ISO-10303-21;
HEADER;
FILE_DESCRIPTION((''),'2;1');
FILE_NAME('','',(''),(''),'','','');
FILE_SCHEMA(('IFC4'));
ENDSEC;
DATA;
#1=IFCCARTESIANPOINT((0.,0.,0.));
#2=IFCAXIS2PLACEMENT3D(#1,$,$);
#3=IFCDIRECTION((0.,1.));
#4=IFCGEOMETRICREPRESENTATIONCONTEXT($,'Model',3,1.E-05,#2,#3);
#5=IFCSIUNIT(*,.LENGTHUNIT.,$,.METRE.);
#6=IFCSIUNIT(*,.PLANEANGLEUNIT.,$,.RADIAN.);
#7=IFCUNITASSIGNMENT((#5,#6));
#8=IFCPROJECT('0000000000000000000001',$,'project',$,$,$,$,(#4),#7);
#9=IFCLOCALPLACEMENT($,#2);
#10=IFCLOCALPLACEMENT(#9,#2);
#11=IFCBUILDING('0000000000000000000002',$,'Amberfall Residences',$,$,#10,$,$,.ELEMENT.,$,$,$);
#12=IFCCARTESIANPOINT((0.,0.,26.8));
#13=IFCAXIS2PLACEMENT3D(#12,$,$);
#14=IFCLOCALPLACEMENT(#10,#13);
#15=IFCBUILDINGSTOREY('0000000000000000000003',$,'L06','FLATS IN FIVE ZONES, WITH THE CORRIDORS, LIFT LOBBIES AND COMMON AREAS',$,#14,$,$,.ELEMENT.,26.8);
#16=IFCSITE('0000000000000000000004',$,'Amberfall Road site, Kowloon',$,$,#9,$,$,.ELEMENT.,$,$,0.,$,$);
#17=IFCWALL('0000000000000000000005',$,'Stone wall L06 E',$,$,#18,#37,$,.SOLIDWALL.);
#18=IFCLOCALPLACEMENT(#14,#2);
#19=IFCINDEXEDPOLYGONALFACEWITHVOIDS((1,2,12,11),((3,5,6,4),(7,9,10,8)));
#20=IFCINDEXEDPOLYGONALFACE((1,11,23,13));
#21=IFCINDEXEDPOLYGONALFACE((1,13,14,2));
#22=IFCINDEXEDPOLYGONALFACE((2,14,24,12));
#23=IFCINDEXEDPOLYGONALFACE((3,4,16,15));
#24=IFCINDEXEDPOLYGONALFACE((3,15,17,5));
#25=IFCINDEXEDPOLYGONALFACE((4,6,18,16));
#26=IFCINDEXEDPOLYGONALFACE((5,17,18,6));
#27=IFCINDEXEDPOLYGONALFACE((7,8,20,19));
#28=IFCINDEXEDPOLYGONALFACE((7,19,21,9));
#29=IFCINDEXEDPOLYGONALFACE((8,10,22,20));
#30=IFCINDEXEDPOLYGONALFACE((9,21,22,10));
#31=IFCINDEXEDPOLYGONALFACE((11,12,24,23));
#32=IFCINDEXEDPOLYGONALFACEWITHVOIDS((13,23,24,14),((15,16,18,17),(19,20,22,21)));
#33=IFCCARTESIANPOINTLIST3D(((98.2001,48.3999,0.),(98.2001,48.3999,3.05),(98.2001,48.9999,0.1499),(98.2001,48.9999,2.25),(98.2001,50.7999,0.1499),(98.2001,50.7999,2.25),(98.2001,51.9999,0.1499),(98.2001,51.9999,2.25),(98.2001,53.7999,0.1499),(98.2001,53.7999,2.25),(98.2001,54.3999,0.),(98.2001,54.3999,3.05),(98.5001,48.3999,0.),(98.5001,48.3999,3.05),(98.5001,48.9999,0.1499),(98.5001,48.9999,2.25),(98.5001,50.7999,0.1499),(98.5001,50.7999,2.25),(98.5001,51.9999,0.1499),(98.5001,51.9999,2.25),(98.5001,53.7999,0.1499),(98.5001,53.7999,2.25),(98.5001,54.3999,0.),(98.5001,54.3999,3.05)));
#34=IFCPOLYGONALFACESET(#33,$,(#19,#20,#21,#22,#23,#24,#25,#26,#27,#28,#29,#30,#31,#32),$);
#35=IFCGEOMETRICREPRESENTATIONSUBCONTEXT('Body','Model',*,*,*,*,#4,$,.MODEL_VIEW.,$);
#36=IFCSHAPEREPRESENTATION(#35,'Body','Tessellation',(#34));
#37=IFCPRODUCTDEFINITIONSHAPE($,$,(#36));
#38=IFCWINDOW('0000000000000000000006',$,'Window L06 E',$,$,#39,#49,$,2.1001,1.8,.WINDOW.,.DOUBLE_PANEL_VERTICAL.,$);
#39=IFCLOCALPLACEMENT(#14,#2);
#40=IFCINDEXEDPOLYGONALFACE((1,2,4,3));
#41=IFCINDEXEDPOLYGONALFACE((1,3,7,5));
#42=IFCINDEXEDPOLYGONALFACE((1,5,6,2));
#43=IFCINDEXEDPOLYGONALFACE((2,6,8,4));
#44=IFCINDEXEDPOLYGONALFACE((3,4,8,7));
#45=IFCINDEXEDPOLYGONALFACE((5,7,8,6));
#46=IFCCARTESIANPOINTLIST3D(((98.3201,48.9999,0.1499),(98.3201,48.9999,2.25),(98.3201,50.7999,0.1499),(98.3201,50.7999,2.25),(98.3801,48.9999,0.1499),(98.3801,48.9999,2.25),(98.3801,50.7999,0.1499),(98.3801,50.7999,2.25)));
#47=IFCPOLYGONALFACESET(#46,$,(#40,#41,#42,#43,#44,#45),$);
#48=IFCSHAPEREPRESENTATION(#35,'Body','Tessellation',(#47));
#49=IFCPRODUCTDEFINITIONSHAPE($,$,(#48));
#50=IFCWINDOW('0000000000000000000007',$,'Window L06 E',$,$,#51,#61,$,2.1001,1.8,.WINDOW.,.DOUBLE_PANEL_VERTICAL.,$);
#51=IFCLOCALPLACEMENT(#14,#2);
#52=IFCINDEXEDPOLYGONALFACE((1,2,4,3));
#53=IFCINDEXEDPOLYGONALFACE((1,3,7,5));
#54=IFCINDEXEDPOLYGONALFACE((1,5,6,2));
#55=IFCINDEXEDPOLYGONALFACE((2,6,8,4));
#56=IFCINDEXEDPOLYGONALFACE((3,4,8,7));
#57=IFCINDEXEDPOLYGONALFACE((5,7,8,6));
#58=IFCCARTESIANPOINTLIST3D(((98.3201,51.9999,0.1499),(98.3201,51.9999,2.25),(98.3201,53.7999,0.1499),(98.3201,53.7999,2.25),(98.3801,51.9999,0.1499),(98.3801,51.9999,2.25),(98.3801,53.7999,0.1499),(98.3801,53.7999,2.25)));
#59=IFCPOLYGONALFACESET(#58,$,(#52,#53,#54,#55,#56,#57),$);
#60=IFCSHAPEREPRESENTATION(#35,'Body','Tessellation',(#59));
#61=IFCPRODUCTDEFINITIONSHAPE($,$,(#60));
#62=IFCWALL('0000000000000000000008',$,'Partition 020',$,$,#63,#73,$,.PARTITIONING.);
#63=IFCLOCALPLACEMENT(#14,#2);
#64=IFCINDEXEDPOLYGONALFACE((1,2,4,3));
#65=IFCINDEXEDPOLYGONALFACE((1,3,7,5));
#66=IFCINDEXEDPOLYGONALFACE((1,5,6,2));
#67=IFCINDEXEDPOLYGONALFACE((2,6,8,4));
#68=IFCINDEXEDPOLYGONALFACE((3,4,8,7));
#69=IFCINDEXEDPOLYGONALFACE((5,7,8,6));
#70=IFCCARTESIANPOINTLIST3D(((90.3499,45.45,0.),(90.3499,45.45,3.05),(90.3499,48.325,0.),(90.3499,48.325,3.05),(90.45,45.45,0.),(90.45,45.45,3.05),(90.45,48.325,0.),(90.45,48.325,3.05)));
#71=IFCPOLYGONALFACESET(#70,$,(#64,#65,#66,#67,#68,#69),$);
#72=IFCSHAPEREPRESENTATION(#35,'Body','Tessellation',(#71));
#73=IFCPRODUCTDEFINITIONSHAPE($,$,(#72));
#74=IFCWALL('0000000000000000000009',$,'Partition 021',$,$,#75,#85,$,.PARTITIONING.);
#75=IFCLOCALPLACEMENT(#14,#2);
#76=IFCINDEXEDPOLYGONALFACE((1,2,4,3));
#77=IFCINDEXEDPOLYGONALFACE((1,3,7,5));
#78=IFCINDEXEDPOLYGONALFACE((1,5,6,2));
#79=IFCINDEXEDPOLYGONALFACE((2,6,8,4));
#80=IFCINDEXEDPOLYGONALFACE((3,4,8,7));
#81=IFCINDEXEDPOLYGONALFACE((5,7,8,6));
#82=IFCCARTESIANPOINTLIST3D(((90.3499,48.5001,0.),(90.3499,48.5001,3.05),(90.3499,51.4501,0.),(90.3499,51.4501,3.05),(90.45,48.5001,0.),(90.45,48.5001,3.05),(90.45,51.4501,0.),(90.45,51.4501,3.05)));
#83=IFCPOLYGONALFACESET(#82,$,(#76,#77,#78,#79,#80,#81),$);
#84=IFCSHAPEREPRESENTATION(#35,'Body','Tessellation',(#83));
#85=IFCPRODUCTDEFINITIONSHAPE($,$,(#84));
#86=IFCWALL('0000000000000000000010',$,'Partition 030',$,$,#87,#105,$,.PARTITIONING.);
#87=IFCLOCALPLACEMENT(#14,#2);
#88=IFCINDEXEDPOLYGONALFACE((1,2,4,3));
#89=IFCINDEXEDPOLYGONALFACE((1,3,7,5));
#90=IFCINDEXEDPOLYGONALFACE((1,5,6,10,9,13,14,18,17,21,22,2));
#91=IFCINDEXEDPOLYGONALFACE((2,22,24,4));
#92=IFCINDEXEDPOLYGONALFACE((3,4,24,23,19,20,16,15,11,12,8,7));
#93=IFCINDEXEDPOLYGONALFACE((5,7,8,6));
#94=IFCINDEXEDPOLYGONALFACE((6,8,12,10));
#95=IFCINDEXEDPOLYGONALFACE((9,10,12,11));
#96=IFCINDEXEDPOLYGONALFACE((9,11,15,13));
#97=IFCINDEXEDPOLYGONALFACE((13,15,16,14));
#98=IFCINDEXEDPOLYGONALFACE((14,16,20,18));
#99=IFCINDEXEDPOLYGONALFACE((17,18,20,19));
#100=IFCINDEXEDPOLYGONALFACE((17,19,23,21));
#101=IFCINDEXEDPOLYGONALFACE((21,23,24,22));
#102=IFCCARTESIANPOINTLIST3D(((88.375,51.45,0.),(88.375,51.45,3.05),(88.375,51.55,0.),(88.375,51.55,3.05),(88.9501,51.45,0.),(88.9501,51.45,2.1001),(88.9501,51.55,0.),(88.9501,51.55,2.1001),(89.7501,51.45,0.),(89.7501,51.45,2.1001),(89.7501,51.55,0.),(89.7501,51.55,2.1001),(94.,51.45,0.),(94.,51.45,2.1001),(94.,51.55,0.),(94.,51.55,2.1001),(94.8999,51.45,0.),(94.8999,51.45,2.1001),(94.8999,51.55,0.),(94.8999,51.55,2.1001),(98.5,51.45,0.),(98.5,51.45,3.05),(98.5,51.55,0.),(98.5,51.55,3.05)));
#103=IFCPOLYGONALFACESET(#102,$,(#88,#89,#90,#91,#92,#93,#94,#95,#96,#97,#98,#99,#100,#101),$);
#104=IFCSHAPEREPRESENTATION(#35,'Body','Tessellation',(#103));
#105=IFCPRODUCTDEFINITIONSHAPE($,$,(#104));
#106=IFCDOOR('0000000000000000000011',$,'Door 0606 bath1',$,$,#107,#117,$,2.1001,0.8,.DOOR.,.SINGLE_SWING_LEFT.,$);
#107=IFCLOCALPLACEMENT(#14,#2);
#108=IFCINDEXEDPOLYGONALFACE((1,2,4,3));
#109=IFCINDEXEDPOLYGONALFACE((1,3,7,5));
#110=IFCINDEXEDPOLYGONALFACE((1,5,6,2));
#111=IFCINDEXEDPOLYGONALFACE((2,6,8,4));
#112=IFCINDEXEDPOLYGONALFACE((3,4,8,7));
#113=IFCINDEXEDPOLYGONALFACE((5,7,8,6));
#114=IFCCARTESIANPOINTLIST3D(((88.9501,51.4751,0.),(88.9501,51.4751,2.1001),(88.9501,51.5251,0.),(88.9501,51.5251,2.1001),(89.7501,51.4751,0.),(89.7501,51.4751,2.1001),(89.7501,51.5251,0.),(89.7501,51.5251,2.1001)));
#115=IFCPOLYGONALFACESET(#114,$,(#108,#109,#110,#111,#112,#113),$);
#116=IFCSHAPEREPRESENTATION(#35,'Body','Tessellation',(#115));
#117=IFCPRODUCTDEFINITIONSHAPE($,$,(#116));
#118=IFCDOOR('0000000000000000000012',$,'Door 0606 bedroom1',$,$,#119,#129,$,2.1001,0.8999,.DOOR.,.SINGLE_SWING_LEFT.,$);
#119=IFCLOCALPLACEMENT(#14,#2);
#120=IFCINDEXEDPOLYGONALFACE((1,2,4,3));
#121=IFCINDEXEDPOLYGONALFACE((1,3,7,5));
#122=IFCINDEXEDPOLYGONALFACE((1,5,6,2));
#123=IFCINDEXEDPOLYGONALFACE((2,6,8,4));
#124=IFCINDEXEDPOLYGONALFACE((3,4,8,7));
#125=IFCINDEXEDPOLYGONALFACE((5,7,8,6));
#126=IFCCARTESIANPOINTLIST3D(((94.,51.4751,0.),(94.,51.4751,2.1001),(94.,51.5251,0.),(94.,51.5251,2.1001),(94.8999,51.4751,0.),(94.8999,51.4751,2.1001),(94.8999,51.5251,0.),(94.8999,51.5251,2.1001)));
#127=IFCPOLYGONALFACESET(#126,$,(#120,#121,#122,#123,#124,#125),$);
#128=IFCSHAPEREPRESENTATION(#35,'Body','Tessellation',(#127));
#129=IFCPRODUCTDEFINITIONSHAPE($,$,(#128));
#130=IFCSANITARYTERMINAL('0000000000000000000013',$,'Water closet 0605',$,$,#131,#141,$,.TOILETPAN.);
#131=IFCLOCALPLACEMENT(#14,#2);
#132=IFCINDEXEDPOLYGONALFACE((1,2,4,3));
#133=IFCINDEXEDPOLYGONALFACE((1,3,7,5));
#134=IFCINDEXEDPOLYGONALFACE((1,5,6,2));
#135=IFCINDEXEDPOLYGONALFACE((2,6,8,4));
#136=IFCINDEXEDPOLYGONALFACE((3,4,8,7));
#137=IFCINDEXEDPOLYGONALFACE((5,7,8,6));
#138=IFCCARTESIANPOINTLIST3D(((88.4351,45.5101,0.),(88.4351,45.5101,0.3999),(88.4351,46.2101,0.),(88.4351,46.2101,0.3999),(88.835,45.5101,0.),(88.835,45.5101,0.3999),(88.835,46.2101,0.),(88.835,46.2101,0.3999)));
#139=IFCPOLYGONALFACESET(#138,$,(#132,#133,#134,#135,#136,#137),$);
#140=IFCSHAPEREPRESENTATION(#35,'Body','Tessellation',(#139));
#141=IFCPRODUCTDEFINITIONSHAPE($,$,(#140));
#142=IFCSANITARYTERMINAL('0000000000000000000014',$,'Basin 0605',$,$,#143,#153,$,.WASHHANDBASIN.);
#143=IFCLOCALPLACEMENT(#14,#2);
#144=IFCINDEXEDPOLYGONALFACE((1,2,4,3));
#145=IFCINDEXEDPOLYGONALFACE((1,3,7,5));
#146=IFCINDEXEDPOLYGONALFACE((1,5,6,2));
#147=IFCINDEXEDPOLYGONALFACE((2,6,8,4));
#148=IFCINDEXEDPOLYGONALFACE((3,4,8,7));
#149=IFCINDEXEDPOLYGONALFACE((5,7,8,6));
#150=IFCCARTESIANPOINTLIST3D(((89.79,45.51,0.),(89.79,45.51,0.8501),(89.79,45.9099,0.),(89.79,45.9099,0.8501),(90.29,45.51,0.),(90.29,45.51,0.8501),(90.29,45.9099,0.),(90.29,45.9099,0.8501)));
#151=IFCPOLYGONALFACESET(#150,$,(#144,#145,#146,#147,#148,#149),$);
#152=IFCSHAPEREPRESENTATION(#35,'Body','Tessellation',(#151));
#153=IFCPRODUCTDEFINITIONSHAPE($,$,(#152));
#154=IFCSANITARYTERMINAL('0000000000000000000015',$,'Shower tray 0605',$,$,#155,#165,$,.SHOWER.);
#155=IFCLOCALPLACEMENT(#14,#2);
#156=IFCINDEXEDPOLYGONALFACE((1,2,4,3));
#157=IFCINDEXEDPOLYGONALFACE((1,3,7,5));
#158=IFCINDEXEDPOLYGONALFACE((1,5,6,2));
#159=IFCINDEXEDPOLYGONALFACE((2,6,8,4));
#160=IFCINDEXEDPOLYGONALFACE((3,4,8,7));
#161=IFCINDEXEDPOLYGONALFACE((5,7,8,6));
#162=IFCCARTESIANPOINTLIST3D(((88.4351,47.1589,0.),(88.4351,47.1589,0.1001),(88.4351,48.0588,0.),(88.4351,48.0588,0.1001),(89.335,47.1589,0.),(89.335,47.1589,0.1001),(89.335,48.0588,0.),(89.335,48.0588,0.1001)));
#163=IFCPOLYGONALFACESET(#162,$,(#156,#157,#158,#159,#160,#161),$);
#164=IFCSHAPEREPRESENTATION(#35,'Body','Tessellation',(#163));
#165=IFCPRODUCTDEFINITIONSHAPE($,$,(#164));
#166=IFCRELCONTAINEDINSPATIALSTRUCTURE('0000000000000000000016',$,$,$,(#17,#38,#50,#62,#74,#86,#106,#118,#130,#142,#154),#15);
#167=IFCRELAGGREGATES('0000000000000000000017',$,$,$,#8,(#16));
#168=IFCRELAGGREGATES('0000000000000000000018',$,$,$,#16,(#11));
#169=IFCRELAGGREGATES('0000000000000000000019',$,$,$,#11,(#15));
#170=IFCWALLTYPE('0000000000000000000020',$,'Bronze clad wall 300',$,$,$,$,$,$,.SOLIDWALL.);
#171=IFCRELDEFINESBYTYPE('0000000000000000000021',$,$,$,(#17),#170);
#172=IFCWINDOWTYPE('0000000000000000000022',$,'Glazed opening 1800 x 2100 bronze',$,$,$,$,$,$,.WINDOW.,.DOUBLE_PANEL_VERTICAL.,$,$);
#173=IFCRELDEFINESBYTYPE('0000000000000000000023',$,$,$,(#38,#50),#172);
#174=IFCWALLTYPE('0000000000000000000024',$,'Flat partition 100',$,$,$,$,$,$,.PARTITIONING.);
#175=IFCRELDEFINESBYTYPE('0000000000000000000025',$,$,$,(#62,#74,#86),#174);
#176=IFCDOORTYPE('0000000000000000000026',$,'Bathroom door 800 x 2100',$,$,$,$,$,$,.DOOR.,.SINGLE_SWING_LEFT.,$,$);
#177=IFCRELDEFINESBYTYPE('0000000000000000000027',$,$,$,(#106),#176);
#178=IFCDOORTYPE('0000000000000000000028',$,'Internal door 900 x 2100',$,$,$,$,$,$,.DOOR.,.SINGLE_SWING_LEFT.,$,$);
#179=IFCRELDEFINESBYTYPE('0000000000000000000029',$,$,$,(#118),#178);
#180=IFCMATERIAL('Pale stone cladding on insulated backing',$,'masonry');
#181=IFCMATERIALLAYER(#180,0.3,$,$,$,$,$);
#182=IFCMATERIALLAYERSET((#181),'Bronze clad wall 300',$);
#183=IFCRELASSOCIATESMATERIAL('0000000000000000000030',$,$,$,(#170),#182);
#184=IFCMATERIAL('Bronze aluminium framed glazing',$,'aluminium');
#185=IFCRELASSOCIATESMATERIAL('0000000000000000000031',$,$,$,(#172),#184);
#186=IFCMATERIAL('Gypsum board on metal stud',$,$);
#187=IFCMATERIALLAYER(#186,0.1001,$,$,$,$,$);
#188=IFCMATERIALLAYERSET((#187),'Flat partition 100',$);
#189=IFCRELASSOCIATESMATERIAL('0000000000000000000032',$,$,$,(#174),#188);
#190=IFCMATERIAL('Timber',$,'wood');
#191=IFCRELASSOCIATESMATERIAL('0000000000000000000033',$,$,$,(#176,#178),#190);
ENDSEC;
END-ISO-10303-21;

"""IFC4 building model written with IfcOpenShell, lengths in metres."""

from ifc_helpers import new_model, si_unit, direction, frame, frame_2d, origin, origin_2d, place, context, subcontext, project, spatial, rectangle, extrude, material, layer, layer_set, type_object, element, fill, save


model = new_model("IFC4")

# Units and contexts
model_context = context("Model", 3, precision=1e-05, world=origin(), true_north=direction((0.0, 1.0)))
body_context = subcontext(model_context, "Body", "Model", "MODEL_VIEW")
ifc_project = project(units=[si_unit("LENGTHUNIT", "METRE"), si_unit("PLANEANGLEUNIT", "RADIAN")], contexts=[model_context])

# Site, building, storey
site_placement = place(None, origin())
site = spatial("IfcSite", under=ifc_project, at=site_placement, Name="Amberfall Road site, Kowloon", CompositionType="ELEMENT", RefElevation=0.0)
building_placement = place(site_placement, origin())
building = spatial("IfcBuilding", under=site, at=building_placement, Name="Amberfall Residences", CompositionType="ELEMENT")
storey_placement = place(building_placement, frame((0.0, 0.0, 26.8)))
storey = spatial("IfcBuildingStorey", under=building, at=storey_placement, Name="L06", Description="FLATS IN FIVE ZONES, WITH THE CORRIDORS, LIFT LOBBIES AND COMMON AREAS", CompositionType="ELEMENT", Elevation=26.8)

# Shared definitions
ifc_material_1 = material(Name="Pale stone cladding on insulated backing", Category="masonry")
ifc_layer_1 = layer(ifc_material_1, 0.3)
ifc_layer_set_1 = layer_set([ifc_layer_1], Name="Bronze clad wall 300")
wall_type_1 = type_object("IfcWallType", Name="Bronze clad wall 300", PredefinedType="SOLIDWALL", material=ifc_layer_set_1)

# Wall, openings, windows
ifc_material_2 = material(Name="Bronze aluminium framed glazing", Category="aluminium")
window_type = type_object("IfcWindowType", Name="Glazed opening 1800 x 2100 bronze", PartitioningType="DOUBLE_PANEL_VERTICAL", PredefinedType="WINDOW", material=ifc_material_2)
wall_1_placement = place(storey_placement, frame((98.3501, 48.3999, 0.0), z_axis=(0.0, 0.0, 1.0), x_axis=(0.0, 1.0, 0.0)))
wall_1 = element("IfcWall", 1, at=wall_1_placement, inside=storey, type_object=wall_type_1, Name="Stone wall L06 E", PredefinedType="SOLIDWALL", context=body_context, shape_type="SweptSolid", body=[
    extrude(rectangle(XDim=6.0, YDim=0.3, at=frame_2d((3.0, 0.0))), origin(), (0.0, 0.0, 1.0), 3.05),
])
opening_1_placement = place(wall_1_placement, frame((0.6001, 0.0, 0.1499)))
opening_1 = element("IfcOpeningElement", 2, at=opening_1_placement, cuts=wall_1, PredefinedType="OPENING", context=body_context, shape_type="SweptSolid", body=[
    extrude(rectangle(XDim=1.8, YDim=2.1001, at=frame_2d((0.8999, 1.05))), frame((0.0, 0.1599, 0.0), z_axis=(0.0, -1.0, 0.0), x_axis=(1.0, 0.0, 0.0)), (0.0, 0.0, 1.0), 0.3201),
])
opening_2_placement = place(wall_1_placement, frame((3.6001, 0.0, 0.1499)))
opening_2 = element("IfcOpeningElement", 3, at=opening_2_placement, cuts=wall_1, PredefinedType="OPENING", context=body_context, shape_type="SweptSolid", body=[
    extrude(rectangle(XDim=1.8, YDim=2.1001, at=frame_2d((0.8999, 1.05))), frame((0.0, 0.1599, 0.0), z_axis=(0.0, -1.0, 0.0), x_axis=(1.0, 0.0, 0.0)), (0.0, 0.0, 1.0), 0.3201),
])
window_1_placement = place(opening_1_placement, origin())
window_1 = element("IfcWindow", 4, at=window_1_placement, inside=storey, type_object=window_type, Name="Window L06 E", OverallHeight=2.1001, OverallWidth=1.8, PartitioningType="DOUBLE_PANEL_VERTICAL", PredefinedType="WINDOW", context=body_context, shape_type="SweptSolid", body=[
    extrude(rectangle(XDim=1.8, YDim=2.1001, at=frame_2d((0.8999, 1.05))), frame((0.0, 0.03, 0.0), z_axis=(0.0, -1.0, 0.0), x_axis=(1.0, 0.0, 0.0)), (0.0, 0.0, 1.0), 0.0601),
])
fill(opening_1, window_1)
window_2_placement = place(opening_2_placement, origin())
window_2 = element("IfcWindow", 5, at=window_2_placement, inside=storey, type_object=window_type, Name="Window L06 E", OverallHeight=2.1001, OverallWidth=1.8, PartitioningType="DOUBLE_PANEL_VERTICAL", PredefinedType="WINDOW", context=body_context, shape_type="SweptSolid", body=[
    extrude(rectangle(XDim=1.8, YDim=2.1001, at=frame_2d((0.8999, 1.05))), frame((0.0, 0.03, 0.0), z_axis=(0.0, -1.0, 0.0), x_axis=(1.0, 0.0, 0.0)), (0.0, 0.0, 1.0), 0.0601),
])
fill(opening_2, window_2)

# Walls
ifc_material_3 = material(Name="Gypsum board on metal stud")
ifc_layer_2 = layer(ifc_material_3, 0.1001)
ifc_layer_set_2 = layer_set([ifc_layer_2], Name="Flat partition 100")
wall_type_2 = type_object("IfcWallType", Name="Flat partition 100", PredefinedType="PARTITIONING", material=ifc_layer_set_2)
wall_2_placement = place(storey_placement, frame((90.3999, 45.45, 0.0), z_axis=(0.0, 0.0, 1.0), x_axis=(0.0, 1.0, 0.0)))
element("IfcWall", 6, at=wall_2_placement, inside=storey, type_object=wall_type_2, Name="Partition 020", PredefinedType="PARTITIONING", context=body_context, shape_type="SweptSolid", body=[
    extrude(rectangle(XDim=2.875, YDim=0.1001, at=frame_2d((1.4375, 0.0))), origin(), (0.0, 0.0, 1.0), 3.05),
])
wall_3_placement = place(storey_placement, frame((90.3999, 48.5, 0.0), z_axis=(0.0, 0.0, 1.0), x_axis=(0.0, 1.0, 0.0)))
element("IfcWall", 7, at=wall_3_placement, inside=storey, type_object=wall_type_2, Name="Partition 021", PredefinedType="PARTITIONING", context=body_context, shape_type="SweptSolid", body=[
    extrude(rectangle(XDim=2.95, YDim=0.1001, at=frame_2d((1.4751, 0.0))), origin(), (0.0, 0.0, 1.0), 3.05),
])

# Wall, openings, doors
wall_4_placement = place(storey_placement, frame((98.5, 51.5, 0.0), z_axis=(0.0, 0.0, 1.0), x_axis=(-1.0, 0.0, 0.0)))
wall_4 = element("IfcWall", 8, at=wall_4_placement, inside=storey, type_object=wall_type_2, Name="Partition 030", PredefinedType="PARTITIONING", context=body_context, shape_type="SweptSolid", body=[
    extrude(rectangle(XDim=10.125, YDim=0.1001, at=frame_2d((5.0625, 0.0))), origin(), (0.0, 0.0, 1.0), 3.05),
])
opening_3_placement = place(wall_4_placement, frame((3.6001, 0.0, 0.0)))
opening_3 = element("IfcOpeningElement", 9, at=opening_3_placement, cuts=wall_4, PredefinedType="OPENING", context=body_context, shape_type="SweptSolid", body=[
    extrude(rectangle(XDim=0.8999, YDim=2.1001, at=frame_2d((0.45, 1.05))), frame((0.0, 0.0601, 0.0), z_axis=(0.0, -1.0, 0.0), x_axis=(1.0, 0.0, 0.0)), (0.0, 0.0, 1.0), 0.1201),
])
opening_4_placement = place(wall_4_placement, frame((8.75, 0.0, 0.0)))
opening_4 = element("IfcOpeningElement", 10, at=opening_4_placement, cuts=wall_4, PredefinedType="OPENING", context=body_context, shape_type="SweptSolid", body=[
    extrude(rectangle(XDim=0.8, YDim=2.1001, at=frame_2d((0.3999, 1.05))), frame((0.0, 0.0601, 0.0), z_axis=(0.0, -1.0, 0.0), x_axis=(1.0, 0.0, 0.0)), (0.0, 0.0, 1.0), 0.1201),
])
ifc_material_4 = material(Name="Timber", Category="wood")
door_type_1 = type_object("IfcDoorType", Name="Bathroom door 800 x 2100", OperationType="SINGLE_SWING_LEFT", PredefinedType="DOOR", material=ifc_material_4)
door_1_placement = place(opening_4_placement, origin())
door_1 = element("IfcDoor", 11, at=door_1_placement, inside=storey, type_object=door_type_1, Name="Door 0606 bath1", OperationType="SINGLE_SWING_LEFT", OverallHeight=2.1001, OverallWidth=0.8, PredefinedType="DOOR", context=body_context, shape_type="SweptSolid", body=[
    extrude(rectangle(XDim=0.8, YDim=2.1001, at=frame_2d((0.3999, 1.05))), frame((0.0, 0.0249, 0.0), z_axis=(0.0, -1.0, 0.0), x_axis=(1.0, 0.0, 0.0)), (0.0, 0.0, 1.0), 0.05),
])
fill(opening_4, door_1)
door_type_2 = type_object("IfcDoorType", Name="Internal door 900 x 2100", OperationType="SINGLE_SWING_LEFT", PredefinedType="DOOR", material=ifc_material_4)
door_2_placement = place(opening_3_placement, origin())
door_2 = element("IfcDoor", 12, at=door_2_placement, inside=storey, type_object=door_type_2, Name="Door 0606 bedroom1", OperationType="SINGLE_SWING_LEFT", OverallHeight=2.1001, OverallWidth=0.8999, PredefinedType="DOOR", context=body_context, shape_type="SweptSolid", body=[
    extrude(rectangle(XDim=0.8999, YDim=2.1001, at=frame_2d((0.45, 1.05))), frame((0.0, 0.0249, 0.0), z_axis=(0.0, -1.0, 0.0), x_axis=(1.0, 0.0, 0.0)), (0.0, 0.0, 1.0), 0.05),
])
fill(opening_3, door_2)

# Sanitary terminals
sanitary_terminal_1_placement = place(storey_placement, frame((88.635, 45.8601, 0.0), z_axis=(0.0, 0.0, 1.0), x_axis=(1.0, 0.0, 0.0)))
element("IfcSanitaryTerminal", 13, at=sanitary_terminal_1_placement, inside=storey, Name="Water closet 0605", PredefinedType="TOILETPAN", context=body_context, shape_type="SweptSolid", body=[
    extrude(rectangle(XDim=0.3999, YDim=0.7, at=origin_2d()), origin(), (0.0, 0.0, 1.0), 0.3999),
])
sanitary_terminal_2_placement = place(storey_placement, frame((90.04, 45.71, 0.0), z_axis=(0.0, 0.0, 1.0), x_axis=(1.0, 0.0, 0.0)))
element("IfcSanitaryTerminal", 14, at=sanitary_terminal_2_placement, inside=storey, Name="Basin 0605", PredefinedType="WASHHANDBASIN", context=body_context, shape_type="SweptSolid", body=[
    extrude(rectangle(XDim=0.5, YDim=0.3999, at=origin_2d()), origin(), (0.0, 0.0, 1.0), 0.8501),
])
sanitary_terminal_3_placement = place(storey_placement, frame((88.885, 47.6089, 0.0), z_axis=(0.0, 0.0, 1.0), x_axis=(1.0, 0.0, 0.0)))
element("IfcSanitaryTerminal", 15, at=sanitary_terminal_3_placement, inside=storey, Name="Shower tray 0605", PredefinedType="SHOWER", context=body_context, shape_type="SweptSolid", body=[
    extrude(rectangle(XDim=0.8999, YDim=0.8999, at=origin_2d()), origin(), (0.0, 0.0, 1.0), 0.1001),
])

save(model, "model.ifc")
